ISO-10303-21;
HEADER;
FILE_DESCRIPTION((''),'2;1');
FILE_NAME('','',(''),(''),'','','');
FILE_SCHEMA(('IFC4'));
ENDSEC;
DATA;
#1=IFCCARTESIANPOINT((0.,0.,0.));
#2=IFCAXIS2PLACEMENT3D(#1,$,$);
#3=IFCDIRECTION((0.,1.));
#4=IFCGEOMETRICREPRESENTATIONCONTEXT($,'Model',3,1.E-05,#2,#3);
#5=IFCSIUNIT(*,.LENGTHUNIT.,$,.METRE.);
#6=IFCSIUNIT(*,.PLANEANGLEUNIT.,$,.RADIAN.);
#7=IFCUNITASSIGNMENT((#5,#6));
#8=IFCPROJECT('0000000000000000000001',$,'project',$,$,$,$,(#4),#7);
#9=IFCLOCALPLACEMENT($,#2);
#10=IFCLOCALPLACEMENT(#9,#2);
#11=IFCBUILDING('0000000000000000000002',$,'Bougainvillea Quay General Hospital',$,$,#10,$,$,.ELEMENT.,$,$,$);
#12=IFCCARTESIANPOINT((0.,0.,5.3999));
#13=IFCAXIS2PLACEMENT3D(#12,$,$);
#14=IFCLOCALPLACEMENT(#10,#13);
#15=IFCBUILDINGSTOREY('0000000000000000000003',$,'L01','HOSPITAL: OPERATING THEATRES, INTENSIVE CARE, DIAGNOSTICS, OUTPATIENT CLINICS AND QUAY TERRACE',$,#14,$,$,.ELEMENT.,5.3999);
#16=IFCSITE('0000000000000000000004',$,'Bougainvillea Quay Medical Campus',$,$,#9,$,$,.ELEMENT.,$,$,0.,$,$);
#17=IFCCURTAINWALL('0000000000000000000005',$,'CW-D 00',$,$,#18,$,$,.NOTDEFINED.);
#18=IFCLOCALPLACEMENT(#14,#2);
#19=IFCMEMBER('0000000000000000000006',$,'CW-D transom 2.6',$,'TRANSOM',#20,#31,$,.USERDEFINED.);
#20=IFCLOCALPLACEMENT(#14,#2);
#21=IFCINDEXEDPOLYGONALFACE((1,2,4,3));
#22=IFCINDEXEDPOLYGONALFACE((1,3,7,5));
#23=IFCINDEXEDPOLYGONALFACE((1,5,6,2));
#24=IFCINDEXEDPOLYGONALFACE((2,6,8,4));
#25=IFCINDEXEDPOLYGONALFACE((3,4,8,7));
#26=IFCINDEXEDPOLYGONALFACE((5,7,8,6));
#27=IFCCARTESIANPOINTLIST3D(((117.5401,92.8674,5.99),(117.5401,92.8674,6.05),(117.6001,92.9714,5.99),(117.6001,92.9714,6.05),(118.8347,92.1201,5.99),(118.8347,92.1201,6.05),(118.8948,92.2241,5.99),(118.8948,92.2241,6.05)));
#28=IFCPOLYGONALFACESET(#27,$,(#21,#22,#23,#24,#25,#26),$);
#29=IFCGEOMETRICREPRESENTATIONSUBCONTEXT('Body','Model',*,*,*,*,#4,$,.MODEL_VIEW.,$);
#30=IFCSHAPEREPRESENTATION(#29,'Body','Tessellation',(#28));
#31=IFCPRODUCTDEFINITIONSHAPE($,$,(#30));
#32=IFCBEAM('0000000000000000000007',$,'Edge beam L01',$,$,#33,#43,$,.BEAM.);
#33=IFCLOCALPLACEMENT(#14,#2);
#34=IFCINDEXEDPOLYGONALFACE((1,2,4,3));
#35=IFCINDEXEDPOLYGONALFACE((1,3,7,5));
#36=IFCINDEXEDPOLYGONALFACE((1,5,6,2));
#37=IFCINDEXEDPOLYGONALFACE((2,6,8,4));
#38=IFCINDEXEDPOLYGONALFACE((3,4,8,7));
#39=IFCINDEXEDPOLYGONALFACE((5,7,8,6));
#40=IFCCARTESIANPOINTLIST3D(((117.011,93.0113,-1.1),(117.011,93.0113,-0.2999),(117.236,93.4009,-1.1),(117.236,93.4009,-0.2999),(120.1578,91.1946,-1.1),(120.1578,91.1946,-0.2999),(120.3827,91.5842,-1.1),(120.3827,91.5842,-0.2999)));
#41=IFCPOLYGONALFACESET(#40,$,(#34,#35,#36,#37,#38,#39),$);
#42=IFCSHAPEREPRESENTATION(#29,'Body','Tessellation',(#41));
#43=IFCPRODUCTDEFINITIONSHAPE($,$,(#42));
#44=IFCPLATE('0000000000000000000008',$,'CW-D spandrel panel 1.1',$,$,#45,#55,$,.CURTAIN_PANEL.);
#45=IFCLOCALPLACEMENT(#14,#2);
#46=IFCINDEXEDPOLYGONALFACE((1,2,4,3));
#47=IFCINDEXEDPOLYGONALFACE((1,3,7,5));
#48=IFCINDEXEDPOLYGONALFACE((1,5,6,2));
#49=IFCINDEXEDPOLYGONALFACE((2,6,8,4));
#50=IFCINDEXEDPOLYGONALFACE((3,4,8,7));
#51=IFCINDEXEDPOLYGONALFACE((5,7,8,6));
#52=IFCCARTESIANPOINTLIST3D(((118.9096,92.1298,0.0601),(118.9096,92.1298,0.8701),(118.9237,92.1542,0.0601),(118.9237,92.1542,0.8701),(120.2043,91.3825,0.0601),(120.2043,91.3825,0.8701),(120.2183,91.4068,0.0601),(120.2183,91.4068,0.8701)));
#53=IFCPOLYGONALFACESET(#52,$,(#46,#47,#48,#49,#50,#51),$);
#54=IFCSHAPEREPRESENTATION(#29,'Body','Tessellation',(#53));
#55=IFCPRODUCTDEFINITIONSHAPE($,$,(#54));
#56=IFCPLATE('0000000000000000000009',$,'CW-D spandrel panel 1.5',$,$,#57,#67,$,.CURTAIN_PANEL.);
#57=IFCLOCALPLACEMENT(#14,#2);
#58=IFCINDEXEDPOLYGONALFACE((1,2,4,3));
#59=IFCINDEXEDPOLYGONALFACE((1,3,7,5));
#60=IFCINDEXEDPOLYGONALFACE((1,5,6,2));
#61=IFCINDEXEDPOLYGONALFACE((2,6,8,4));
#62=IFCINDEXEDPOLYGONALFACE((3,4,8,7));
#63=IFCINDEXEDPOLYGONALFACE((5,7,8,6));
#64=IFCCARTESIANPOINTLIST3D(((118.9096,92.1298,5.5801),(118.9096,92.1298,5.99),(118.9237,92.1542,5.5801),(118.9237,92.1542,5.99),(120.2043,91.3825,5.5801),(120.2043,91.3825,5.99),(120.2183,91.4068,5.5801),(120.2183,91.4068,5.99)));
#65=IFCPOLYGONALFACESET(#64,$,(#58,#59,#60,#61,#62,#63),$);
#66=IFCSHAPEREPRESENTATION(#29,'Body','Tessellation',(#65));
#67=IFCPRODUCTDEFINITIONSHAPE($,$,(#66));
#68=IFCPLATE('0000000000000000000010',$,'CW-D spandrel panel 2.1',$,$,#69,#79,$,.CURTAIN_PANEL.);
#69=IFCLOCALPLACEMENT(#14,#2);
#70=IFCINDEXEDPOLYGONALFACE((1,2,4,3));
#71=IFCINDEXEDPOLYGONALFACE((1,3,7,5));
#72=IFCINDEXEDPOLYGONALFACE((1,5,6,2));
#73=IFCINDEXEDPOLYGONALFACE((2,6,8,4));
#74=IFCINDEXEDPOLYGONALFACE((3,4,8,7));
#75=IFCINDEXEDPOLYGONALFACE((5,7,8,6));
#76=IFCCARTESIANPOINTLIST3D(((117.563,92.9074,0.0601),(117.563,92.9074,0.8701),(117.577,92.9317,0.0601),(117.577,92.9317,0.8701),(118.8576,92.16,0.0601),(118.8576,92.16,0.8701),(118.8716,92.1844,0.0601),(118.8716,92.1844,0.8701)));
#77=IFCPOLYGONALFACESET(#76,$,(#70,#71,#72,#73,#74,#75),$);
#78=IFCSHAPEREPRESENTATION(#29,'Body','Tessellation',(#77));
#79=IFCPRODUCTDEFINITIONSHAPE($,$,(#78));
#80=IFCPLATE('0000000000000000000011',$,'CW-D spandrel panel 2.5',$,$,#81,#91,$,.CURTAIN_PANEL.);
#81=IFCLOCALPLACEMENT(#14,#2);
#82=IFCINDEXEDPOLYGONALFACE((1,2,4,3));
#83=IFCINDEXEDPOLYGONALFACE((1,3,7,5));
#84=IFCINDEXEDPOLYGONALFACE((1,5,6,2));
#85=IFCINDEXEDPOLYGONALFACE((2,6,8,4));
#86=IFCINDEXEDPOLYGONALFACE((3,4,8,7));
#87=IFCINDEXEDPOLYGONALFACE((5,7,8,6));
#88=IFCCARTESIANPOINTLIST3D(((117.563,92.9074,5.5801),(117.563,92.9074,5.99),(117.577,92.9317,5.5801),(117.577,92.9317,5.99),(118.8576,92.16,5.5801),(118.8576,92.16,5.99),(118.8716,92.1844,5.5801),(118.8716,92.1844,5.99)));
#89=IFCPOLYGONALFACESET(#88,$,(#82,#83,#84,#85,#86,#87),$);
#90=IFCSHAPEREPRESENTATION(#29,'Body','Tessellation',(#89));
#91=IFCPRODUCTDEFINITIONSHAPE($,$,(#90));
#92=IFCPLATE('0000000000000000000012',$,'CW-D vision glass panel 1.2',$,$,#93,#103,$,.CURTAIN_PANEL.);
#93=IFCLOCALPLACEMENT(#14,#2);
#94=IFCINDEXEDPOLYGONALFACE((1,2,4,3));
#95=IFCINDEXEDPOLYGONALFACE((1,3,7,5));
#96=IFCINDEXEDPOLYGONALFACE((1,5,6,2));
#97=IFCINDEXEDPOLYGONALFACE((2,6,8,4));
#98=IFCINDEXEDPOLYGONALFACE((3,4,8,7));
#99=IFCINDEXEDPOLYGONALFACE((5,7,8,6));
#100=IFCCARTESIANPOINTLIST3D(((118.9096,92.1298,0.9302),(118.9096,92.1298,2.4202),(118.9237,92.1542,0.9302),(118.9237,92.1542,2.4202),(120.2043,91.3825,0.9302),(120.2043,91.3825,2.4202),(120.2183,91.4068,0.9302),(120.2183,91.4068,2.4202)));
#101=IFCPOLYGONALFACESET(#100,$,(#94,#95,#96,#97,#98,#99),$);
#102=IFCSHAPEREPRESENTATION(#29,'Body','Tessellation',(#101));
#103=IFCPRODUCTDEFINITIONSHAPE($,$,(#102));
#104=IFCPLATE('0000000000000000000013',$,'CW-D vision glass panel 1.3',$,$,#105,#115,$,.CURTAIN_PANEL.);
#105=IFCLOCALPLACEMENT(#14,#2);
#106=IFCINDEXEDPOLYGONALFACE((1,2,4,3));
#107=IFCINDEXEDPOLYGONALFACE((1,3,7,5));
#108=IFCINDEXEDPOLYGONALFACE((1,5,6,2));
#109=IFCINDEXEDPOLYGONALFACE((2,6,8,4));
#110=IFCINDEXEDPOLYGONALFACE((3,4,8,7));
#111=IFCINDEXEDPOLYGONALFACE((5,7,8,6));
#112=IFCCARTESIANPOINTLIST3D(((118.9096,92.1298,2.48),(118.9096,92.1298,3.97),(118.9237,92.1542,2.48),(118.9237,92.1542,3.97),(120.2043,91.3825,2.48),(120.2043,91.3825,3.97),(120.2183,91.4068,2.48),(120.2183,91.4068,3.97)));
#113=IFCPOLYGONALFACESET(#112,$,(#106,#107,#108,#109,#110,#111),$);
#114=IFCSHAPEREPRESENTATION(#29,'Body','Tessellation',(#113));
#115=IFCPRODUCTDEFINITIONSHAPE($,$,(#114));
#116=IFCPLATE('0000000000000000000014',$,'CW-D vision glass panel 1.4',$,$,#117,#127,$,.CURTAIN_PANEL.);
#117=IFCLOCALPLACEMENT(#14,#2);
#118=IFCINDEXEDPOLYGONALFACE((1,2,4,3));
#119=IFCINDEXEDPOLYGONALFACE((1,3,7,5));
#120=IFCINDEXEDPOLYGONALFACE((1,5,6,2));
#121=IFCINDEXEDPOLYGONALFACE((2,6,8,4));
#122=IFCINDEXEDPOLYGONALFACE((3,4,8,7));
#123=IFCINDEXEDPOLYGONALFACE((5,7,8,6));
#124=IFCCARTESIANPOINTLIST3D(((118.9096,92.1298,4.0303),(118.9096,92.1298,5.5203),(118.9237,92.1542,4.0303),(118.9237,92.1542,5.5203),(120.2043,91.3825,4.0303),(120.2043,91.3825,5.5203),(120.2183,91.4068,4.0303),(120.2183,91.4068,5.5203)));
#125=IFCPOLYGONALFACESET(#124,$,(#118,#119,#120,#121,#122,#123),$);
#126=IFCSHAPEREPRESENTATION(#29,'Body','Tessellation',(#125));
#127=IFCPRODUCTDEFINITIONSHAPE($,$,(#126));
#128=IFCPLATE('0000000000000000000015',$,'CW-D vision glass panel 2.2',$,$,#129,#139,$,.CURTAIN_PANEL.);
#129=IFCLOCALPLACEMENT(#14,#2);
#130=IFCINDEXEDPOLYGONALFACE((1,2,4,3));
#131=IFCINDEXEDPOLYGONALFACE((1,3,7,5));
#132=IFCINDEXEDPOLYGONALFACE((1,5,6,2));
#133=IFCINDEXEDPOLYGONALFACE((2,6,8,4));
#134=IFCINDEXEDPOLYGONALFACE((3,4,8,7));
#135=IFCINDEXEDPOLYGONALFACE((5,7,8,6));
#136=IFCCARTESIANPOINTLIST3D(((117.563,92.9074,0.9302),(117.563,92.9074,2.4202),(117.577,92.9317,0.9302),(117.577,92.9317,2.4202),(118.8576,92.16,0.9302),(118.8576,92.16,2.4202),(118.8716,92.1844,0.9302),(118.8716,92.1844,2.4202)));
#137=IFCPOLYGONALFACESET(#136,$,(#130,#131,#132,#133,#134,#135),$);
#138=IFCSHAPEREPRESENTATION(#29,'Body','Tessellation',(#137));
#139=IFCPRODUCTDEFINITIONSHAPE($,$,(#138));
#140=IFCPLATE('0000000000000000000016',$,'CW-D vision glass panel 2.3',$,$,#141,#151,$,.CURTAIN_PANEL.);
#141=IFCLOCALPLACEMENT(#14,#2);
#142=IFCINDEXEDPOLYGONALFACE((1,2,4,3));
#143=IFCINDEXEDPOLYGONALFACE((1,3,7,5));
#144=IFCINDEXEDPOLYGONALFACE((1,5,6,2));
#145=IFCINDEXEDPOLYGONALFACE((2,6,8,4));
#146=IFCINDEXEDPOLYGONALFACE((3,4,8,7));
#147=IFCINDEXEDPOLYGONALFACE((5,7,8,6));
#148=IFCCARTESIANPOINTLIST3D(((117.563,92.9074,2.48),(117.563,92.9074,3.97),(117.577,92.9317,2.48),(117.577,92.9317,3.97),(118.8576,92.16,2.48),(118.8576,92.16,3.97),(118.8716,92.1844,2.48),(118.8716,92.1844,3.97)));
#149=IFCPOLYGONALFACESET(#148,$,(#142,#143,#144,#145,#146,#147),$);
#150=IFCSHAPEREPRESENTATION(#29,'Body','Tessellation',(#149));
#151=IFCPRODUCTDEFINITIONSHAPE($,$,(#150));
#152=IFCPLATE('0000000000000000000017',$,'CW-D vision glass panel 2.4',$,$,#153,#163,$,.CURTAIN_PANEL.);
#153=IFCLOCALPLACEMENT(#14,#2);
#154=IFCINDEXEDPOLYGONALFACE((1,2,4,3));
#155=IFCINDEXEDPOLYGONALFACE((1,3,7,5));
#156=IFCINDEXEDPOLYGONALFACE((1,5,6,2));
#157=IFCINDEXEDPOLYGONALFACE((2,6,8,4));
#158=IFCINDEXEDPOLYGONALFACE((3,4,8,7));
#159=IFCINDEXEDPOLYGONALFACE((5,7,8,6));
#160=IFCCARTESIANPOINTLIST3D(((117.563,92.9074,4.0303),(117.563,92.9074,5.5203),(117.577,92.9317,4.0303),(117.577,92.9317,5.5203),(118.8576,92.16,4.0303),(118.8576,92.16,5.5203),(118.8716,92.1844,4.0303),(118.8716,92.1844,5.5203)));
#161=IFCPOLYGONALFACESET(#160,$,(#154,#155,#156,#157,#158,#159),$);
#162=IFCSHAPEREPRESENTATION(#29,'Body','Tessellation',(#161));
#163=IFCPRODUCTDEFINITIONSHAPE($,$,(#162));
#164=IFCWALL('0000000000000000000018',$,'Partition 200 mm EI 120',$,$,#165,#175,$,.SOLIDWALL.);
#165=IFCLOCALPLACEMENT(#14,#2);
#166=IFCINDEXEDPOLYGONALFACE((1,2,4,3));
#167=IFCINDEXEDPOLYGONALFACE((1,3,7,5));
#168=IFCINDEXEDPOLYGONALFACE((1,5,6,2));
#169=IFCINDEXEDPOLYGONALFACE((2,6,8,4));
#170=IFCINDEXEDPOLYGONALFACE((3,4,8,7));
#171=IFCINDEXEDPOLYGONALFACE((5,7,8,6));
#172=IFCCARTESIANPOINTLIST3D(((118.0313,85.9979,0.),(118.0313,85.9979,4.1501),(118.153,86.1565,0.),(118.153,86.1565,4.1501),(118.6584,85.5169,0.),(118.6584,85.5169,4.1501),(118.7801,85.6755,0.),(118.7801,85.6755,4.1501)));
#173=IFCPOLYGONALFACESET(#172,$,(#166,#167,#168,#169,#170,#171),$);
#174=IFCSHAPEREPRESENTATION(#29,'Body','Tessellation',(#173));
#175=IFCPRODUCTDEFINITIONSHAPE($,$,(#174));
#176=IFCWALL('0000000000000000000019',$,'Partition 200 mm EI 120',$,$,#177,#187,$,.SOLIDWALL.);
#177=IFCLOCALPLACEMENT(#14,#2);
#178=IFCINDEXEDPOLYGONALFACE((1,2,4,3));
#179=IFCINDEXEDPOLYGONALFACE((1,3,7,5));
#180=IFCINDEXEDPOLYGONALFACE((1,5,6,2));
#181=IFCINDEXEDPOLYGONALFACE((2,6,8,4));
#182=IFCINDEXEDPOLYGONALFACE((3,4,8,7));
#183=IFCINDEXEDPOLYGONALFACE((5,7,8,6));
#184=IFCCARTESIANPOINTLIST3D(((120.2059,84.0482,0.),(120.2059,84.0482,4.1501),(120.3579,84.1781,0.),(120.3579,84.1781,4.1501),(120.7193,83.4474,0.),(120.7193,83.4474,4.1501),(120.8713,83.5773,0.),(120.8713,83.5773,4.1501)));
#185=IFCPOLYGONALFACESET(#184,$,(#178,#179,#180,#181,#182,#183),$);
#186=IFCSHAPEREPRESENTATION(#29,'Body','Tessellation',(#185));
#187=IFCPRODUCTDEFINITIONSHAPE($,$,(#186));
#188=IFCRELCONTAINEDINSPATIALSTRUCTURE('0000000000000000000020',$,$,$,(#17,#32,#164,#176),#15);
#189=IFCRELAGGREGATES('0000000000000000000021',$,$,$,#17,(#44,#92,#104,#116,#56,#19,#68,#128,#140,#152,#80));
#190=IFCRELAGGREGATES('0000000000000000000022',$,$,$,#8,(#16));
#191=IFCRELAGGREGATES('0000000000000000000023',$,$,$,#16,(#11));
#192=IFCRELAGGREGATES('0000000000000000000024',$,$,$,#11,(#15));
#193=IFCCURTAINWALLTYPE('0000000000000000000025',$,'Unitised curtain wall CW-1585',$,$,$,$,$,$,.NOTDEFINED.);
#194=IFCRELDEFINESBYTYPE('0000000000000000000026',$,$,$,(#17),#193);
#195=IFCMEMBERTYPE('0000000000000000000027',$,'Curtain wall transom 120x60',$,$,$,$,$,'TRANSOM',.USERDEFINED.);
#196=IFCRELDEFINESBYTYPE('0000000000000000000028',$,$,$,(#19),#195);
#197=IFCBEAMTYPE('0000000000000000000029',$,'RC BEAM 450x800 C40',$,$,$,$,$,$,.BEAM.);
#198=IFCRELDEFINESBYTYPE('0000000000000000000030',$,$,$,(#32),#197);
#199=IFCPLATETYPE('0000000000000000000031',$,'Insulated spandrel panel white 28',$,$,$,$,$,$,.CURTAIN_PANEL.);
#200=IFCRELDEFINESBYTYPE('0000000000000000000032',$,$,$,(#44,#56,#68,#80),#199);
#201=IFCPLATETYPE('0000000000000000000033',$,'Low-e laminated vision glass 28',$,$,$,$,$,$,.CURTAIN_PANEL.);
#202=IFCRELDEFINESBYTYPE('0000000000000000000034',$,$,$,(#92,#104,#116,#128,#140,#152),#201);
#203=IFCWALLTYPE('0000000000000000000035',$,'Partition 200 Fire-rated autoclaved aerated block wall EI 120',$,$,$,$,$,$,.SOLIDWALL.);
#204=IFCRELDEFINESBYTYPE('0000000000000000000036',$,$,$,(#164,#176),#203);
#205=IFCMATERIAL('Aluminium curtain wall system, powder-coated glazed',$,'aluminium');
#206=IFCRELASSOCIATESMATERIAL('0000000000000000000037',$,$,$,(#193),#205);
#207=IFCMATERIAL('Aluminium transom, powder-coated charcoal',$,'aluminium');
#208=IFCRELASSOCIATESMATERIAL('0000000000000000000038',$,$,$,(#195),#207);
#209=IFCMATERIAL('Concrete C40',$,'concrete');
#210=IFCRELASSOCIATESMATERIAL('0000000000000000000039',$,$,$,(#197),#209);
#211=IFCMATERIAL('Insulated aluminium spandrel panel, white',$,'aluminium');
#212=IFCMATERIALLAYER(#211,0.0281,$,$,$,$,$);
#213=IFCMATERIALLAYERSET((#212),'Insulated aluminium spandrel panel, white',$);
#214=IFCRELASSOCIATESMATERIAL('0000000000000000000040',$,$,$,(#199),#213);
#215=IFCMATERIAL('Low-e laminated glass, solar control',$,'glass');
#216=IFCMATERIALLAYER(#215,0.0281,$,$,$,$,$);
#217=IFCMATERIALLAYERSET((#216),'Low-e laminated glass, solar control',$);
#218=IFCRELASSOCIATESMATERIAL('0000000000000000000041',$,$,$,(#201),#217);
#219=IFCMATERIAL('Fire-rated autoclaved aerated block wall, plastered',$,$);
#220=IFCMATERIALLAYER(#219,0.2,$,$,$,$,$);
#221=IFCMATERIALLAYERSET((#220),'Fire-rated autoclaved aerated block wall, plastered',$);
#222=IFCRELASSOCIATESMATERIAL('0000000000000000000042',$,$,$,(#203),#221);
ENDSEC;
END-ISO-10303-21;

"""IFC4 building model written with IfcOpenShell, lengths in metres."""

from ifc_helpers import new_model, si_unit, direction, frame, frame_2d, origin, origin_2d, place, context, subcontext, project, spatial, rectangle, extrude, material, layer, layer_set, material_profile, profile_set, type_object, element, aggregate, save


model = new_model("IFC4")

# Units and contexts
model_context = context("Model", 3, precision=1e-05, world=origin(), true_north=direction((0.0, 1.0)))
body_context = subcontext(model_context, "Body", "Model", "MODEL_VIEW")
ifc_project = project(units=[si_unit("LENGTHUNIT", "METRE"), si_unit("PLANEANGLEUNIT", "RADIAN")], contexts=[model_context])

# Site, building, storey
site_placement = place(None, origin())
site = spatial("IfcSite", under=ifc_project, at=site_placement, Name="Bougainvillea Quay Medical Campus", CompositionType="ELEMENT", RefElevation=0.0)
building_placement = place(site_placement, origin())
building = spatial("IfcBuilding", under=site, at=building_placement, Name="Bougainvillea Quay General Hospital", CompositionType="ELEMENT")
storey_placement = place(building_placement, frame((0.0, 0.0, 5.3999)))
storey = spatial("IfcBuildingStorey", under=building, at=storey_placement, Name="L01", Description="HOSPITAL: OPERATING THEATRES, INTENSIVE CARE, DIAGNOSTICS, OUTPATIENT CLINICS AND QUAY TERRACE", CompositionType="ELEMENT", Elevation=5.3999)

# Curtain wall, member
ifc_material_1 = material(Name="Aluminium curtain wall system, powder-coated glazed", Category="aluminium")
curtain_wall_type = type_object("IfcCurtainWallType", Name="Unitised curtain wall CW-1585", PredefinedType="NOTDEFINED", material=ifc_material_1)
curtain_wall_placement = place(storey_placement, origin())
curtain_wall = element("IfcCurtainWall", 1, at=curtain_wall_placement, inside=storey, type_object=curtain_wall_type, Name="CW-D 00", PredefinedType="NOTDEFINED")
ifc_material_2 = material(Name="Aluminium transom, powder-coated charcoal", Category="aluminium")
ifc_material_profile_1 = material_profile(ifc_material_2, rectangle(XDim=0.1201, YDim=0.0601, at=origin_2d()))
ifc_profile_set_1 = profile_set([ifc_material_profile_1], Name="Aluminium transom, powder-coated charcoal")
member_type_1 = type_object("IfcMemberType", Name="Curtain wall transom 120x60", ElementType="TRANSOM", PredefinedType="USERDEFINED", material=ifc_profile_set_1)
member_1_placement = place(storey_placement, frame((118.8647, 92.1721, 6.02), z_axis=(-0.866074, 0.499916, 0.0), x_axis=(-0.499916, -0.866074, 0.0)))
member_1 = element("IfcMember", 2, at=member_1_placement, type_object=member_type_1, Name="CW-D transom 2.6", ObjectType="TRANSOM", PredefinedType="USERDEFINED", context=body_context, shape_type="SweptSolid", body=[
    extrude(rectangle(XDim=0.1201, YDim=0.0601, at=origin_2d()), origin(), (0.0, 0.0, 1.0), 1.4949),
])

# Beam
ifc_material_3 = material(Name="Concrete C40", Category="concrete")
ifc_material_profile_2 = material_profile(ifc_material_3, rectangle(XDim=0.45, YDim=0.8, at=origin_2d()))
ifc_profile_set_2 = profile_set([ifc_material_profile_2], Name="Concrete C40")
beam_type = type_object("IfcBeamType", Name="RC BEAM 450x800 C40", PredefinedType="BEAM", material=ifc_profile_set_2)
beam_placement = place(storey_placement, frame((120.2703, 91.3894, -0.7), z_axis=(-0.866039, 0.499976, 0.0), x_axis=(-0.499976, -0.866039, 0.0)))
element("IfcBeam", 3, at=beam_placement, inside=storey, type_object=beam_type, Name="Edge beam L01", PredefinedType="BEAM", context=body_context, shape_type="SweptSolid", body=[
    extrude(rectangle(XDim=0.45, YDim=0.8, at=origin_2d()), origin(), (0.0, 0.0, 1.0), 3.6335),
])

# Plates
ifc_material_4 = material(Name="Insulated aluminium spandrel panel, white", Category="aluminium")
ifc_layer_1 = layer(ifc_material_4, 0.0281)
ifc_layer_set_1 = layer_set([ifc_layer_1], Name="Insulated aluminium spandrel panel, white")
plate_type_1 = type_object("IfcPlateType", Name="Insulated spandrel panel white 28", PredefinedType="CURTAIN_PANEL", material=ifc_layer_set_1)
plate_1_placement = place(storey_placement, frame((119.564, 91.7683, 0.0601), z_axis=(0.0, 0.0, 1.0), x_axis=(-0.866046, 0.499965, 0.0)))
plate_1 = element("IfcPlate", 4, at=plate_1_placement, type_object=plate_type_1, Name="CW-D spandrel panel 1.1", PredefinedType="CURTAIN_PANEL", context=body_context, shape_type="SweptSolid", body=[
    extrude(rectangle(XDim=1.4949, YDim=0.0281, at=origin_2d()), origin(), (0.0, 0.0, 1.0), 0.8101),
])
plate_2_placement = place(storey_placement, frame((119.564, 91.7683, 5.5801), z_axis=(0.0, 0.0, 1.0), x_axis=(-0.866046, 0.499965, 0.0)))
plate_2 = element("IfcPlate", 5, at=plate_2_placement, type_object=plate_type_1, Name="CW-D spandrel panel 1.5", PredefinedType="CURTAIN_PANEL", context=body_context, shape_type="SweptSolid", body=[
    extrude(rectangle(XDim=1.4949, YDim=0.0281, at=origin_2d()), origin(), (0.0, 0.0, 1.0), 0.4099),
])
plate_3_placement = place(storey_placement, frame((118.2173, 92.5459, 0.0601), z_axis=(0.0, 0.0, 1.0), x_axis=(-0.866046, 0.499965, 0.0)))
plate_3 = element("IfcPlate", 6, at=plate_3_placement, type_object=plate_type_1, Name="CW-D spandrel panel 2.1", PredefinedType="CURTAIN_PANEL", context=body_context, shape_type="SweptSolid", body=[
    extrude(rectangle(XDim=1.4949, YDim=0.0281, at=origin_2d()), origin(), (0.0, 0.0, 1.0), 0.8101),
])
plate_4_placement = place(storey_placement, frame((118.2173, 92.5459, 5.5801), z_axis=(0.0, 0.0, 1.0), x_axis=(-0.866046, 0.499965, 0.0)))
plate_4 = element("IfcPlate", 7, at=plate_4_placement, type_object=plate_type_1, Name="CW-D spandrel panel 2.5", PredefinedType="CURTAIN_PANEL", context=body_context, shape_type="SweptSolid", body=[
    extrude(rectangle(XDim=1.4949, YDim=0.0281, at=origin_2d()), origin(), (0.0, 0.0, 1.0), 0.4099),
])
ifc_material_5 = material(Name="Low-e laminated glass, solar control", Category="glass")
ifc_layer_2 = layer(ifc_material_5, 0.0281)
ifc_layer_set_2 = layer_set([ifc_layer_2], Name="Low-e laminated glass, solar control")
plate_type_2 = type_object("IfcPlateType", Name="Low-e laminated vision glass 28", PredefinedType="CURTAIN_PANEL", material=ifc_layer_set_2)
plate_5_placement = place(storey_placement, frame((119.564, 91.7683, 0.9302), z_axis=(0.0, 0.0, 1.0), x_axis=(-0.866046, 0.499965, 0.0)))
plate_5 = element("IfcPlate", 8, at=plate_5_placement, type_object=plate_type_2, Name="CW-D vision glass panel 1.2", PredefinedType="CURTAIN_PANEL", context=body_context, shape_type="SweptSolid", body=[
    extrude(rectangle(XDim=1.4949, YDim=0.0281, at=origin_2d()), origin(), (0.0, 0.0, 1.0), 1.49),
])
plate_6_placement = place(storey_placement, frame((119.564, 91.7683, 2.48), z_axis=(0.0, 0.0, 1.0), x_axis=(-0.866046, 0.499965, 0.0)))
plate_6 = element("IfcPlate", 9, at=plate_6_placement, type_object=plate_type_2, Name="CW-D vision glass panel 1.3", PredefinedType="CURTAIN_PANEL", context=body_context, shape_type="SweptSolid", body=[
    extrude(rectangle(XDim=1.4949, YDim=0.0281, at=origin_2d()), origin(), (0.0, 0.0, 1.0), 1.49),
])
plate_7_placement = place(storey_placement, frame((119.564, 91.7683, 4.0303), z_axis=(0.0, 0.0, 1.0), x_axis=(-0.866046, 0.499965, 0.0)))
plate_7 = element("IfcPlate", 10, at=plate_7_placement, type_object=plate_type_2, Name="CW-D vision glass panel 1.4", PredefinedType="CURTAIN_PANEL", context=body_context, shape_type="SweptSolid", body=[
    extrude(rectangle(XDim=1.4949, YDim=0.0281, at=origin_2d()), origin(), (0.0, 0.0, 1.0), 1.49),
])
plate_8_placement = place(storey_placement, frame((118.2173, 92.5459, 0.9302), z_axis=(0.0, 0.0, 1.0), x_axis=(-0.866046, 0.499965, 0.0)))
plate_8 = element("IfcPlate", 11, at=plate_8_placement, type_object=plate_type_2, Name="CW-D vision glass panel 2.2", PredefinedType="CURTAIN_PANEL", context=body_context, shape_type="SweptSolid", body=[
    extrude(rectangle(XDim=1.4949, YDim=0.0281, at=origin_2d()), origin(), (0.0, 0.0, 1.0), 1.49),
])
plate_9_placement = place(storey_placement, frame((118.2173, 92.5459, 2.48), z_axis=(0.0, 0.0, 1.0), x_axis=(-0.866046, 0.499965, 0.0)))
plate_9 = element("IfcPlate", 12, at=plate_9_placement, type_object=plate_type_2, Name="CW-D vision glass panel 2.3", PredefinedType="CURTAIN_PANEL", context=body_context, shape_type="SweptSolid", body=[
    extrude(rectangle(XDim=1.4949, YDim=0.0281, at=origin_2d()), origin(), (0.0, 0.0, 1.0), 1.49),
])
plate_10_placement = place(storey_placement, frame((118.2173, 92.5459, 4.0303), z_axis=(0.0, 0.0, 1.0), x_axis=(-0.866046, 0.499965, 0.0)))
plate_10 = element("IfcPlate", 13, at=plate_10_placement, type_object=plate_type_2, Name="CW-D vision glass panel 2.4", PredefinedType="CURTAIN_PANEL", context=body_context, shape_type="SweptSolid", body=[
    extrude(rectangle(XDim=1.4949, YDim=0.0281, at=origin_2d()), origin(), (0.0, 0.0, 1.0), 1.49),
])
aggregate(curtain_wall, [plate_1, plate_5, plate_6, plate_7, plate_2, member_1, plate_3, plate_8, plate_9, plate_10, plate_4])

# Walls
ifc_material_6 = material(Name="Fire-rated autoclaved aerated block wall, plastered")
ifc_layer_3 = layer(ifc_material_6, 0.2)
ifc_layer_set_3 = layer_set([ifc_layer_3], Name="Fire-rated autoclaved aerated block wall, plastered")
wall_type_1 = type_object("IfcWallType", Name="Partition 200 Fire-rated autoclaved aerated block wall EI 120", PredefinedType="SOLIDWALL", material=ifc_layer_set_3)
for number, where, z_axis, x_axis, name in (
    (14, (118.0923, 86.0771, 0.0), (0.0, 0.0, 1.0), (0.793427, -0.608665, 0.0), "Partition 200 mm EI 120"),
    (15, (120.282, 84.113, 0.0), (0.0, 0.0, 1.0), (0.649646, -0.760237, 0.0), "Partition 200 mm EI 120"),
):
    element("IfcWall", number, at=place(storey_placement, frame(where, z_axis=z_axis, x_axis=x_axis)), inside=storey, type_object=wall_type_1, Name=name, PredefinedType="SOLIDWALL", context=body_context, shape_type="SweptSolid", body=[
        extrude(rectangle(XDim=0.7903, YDim=0.2, at=frame_2d((0.395, 0.0))), origin(), (0.0, 0.0, 1.0), 4.1501),
    ])

save(model, "model.ifc")
